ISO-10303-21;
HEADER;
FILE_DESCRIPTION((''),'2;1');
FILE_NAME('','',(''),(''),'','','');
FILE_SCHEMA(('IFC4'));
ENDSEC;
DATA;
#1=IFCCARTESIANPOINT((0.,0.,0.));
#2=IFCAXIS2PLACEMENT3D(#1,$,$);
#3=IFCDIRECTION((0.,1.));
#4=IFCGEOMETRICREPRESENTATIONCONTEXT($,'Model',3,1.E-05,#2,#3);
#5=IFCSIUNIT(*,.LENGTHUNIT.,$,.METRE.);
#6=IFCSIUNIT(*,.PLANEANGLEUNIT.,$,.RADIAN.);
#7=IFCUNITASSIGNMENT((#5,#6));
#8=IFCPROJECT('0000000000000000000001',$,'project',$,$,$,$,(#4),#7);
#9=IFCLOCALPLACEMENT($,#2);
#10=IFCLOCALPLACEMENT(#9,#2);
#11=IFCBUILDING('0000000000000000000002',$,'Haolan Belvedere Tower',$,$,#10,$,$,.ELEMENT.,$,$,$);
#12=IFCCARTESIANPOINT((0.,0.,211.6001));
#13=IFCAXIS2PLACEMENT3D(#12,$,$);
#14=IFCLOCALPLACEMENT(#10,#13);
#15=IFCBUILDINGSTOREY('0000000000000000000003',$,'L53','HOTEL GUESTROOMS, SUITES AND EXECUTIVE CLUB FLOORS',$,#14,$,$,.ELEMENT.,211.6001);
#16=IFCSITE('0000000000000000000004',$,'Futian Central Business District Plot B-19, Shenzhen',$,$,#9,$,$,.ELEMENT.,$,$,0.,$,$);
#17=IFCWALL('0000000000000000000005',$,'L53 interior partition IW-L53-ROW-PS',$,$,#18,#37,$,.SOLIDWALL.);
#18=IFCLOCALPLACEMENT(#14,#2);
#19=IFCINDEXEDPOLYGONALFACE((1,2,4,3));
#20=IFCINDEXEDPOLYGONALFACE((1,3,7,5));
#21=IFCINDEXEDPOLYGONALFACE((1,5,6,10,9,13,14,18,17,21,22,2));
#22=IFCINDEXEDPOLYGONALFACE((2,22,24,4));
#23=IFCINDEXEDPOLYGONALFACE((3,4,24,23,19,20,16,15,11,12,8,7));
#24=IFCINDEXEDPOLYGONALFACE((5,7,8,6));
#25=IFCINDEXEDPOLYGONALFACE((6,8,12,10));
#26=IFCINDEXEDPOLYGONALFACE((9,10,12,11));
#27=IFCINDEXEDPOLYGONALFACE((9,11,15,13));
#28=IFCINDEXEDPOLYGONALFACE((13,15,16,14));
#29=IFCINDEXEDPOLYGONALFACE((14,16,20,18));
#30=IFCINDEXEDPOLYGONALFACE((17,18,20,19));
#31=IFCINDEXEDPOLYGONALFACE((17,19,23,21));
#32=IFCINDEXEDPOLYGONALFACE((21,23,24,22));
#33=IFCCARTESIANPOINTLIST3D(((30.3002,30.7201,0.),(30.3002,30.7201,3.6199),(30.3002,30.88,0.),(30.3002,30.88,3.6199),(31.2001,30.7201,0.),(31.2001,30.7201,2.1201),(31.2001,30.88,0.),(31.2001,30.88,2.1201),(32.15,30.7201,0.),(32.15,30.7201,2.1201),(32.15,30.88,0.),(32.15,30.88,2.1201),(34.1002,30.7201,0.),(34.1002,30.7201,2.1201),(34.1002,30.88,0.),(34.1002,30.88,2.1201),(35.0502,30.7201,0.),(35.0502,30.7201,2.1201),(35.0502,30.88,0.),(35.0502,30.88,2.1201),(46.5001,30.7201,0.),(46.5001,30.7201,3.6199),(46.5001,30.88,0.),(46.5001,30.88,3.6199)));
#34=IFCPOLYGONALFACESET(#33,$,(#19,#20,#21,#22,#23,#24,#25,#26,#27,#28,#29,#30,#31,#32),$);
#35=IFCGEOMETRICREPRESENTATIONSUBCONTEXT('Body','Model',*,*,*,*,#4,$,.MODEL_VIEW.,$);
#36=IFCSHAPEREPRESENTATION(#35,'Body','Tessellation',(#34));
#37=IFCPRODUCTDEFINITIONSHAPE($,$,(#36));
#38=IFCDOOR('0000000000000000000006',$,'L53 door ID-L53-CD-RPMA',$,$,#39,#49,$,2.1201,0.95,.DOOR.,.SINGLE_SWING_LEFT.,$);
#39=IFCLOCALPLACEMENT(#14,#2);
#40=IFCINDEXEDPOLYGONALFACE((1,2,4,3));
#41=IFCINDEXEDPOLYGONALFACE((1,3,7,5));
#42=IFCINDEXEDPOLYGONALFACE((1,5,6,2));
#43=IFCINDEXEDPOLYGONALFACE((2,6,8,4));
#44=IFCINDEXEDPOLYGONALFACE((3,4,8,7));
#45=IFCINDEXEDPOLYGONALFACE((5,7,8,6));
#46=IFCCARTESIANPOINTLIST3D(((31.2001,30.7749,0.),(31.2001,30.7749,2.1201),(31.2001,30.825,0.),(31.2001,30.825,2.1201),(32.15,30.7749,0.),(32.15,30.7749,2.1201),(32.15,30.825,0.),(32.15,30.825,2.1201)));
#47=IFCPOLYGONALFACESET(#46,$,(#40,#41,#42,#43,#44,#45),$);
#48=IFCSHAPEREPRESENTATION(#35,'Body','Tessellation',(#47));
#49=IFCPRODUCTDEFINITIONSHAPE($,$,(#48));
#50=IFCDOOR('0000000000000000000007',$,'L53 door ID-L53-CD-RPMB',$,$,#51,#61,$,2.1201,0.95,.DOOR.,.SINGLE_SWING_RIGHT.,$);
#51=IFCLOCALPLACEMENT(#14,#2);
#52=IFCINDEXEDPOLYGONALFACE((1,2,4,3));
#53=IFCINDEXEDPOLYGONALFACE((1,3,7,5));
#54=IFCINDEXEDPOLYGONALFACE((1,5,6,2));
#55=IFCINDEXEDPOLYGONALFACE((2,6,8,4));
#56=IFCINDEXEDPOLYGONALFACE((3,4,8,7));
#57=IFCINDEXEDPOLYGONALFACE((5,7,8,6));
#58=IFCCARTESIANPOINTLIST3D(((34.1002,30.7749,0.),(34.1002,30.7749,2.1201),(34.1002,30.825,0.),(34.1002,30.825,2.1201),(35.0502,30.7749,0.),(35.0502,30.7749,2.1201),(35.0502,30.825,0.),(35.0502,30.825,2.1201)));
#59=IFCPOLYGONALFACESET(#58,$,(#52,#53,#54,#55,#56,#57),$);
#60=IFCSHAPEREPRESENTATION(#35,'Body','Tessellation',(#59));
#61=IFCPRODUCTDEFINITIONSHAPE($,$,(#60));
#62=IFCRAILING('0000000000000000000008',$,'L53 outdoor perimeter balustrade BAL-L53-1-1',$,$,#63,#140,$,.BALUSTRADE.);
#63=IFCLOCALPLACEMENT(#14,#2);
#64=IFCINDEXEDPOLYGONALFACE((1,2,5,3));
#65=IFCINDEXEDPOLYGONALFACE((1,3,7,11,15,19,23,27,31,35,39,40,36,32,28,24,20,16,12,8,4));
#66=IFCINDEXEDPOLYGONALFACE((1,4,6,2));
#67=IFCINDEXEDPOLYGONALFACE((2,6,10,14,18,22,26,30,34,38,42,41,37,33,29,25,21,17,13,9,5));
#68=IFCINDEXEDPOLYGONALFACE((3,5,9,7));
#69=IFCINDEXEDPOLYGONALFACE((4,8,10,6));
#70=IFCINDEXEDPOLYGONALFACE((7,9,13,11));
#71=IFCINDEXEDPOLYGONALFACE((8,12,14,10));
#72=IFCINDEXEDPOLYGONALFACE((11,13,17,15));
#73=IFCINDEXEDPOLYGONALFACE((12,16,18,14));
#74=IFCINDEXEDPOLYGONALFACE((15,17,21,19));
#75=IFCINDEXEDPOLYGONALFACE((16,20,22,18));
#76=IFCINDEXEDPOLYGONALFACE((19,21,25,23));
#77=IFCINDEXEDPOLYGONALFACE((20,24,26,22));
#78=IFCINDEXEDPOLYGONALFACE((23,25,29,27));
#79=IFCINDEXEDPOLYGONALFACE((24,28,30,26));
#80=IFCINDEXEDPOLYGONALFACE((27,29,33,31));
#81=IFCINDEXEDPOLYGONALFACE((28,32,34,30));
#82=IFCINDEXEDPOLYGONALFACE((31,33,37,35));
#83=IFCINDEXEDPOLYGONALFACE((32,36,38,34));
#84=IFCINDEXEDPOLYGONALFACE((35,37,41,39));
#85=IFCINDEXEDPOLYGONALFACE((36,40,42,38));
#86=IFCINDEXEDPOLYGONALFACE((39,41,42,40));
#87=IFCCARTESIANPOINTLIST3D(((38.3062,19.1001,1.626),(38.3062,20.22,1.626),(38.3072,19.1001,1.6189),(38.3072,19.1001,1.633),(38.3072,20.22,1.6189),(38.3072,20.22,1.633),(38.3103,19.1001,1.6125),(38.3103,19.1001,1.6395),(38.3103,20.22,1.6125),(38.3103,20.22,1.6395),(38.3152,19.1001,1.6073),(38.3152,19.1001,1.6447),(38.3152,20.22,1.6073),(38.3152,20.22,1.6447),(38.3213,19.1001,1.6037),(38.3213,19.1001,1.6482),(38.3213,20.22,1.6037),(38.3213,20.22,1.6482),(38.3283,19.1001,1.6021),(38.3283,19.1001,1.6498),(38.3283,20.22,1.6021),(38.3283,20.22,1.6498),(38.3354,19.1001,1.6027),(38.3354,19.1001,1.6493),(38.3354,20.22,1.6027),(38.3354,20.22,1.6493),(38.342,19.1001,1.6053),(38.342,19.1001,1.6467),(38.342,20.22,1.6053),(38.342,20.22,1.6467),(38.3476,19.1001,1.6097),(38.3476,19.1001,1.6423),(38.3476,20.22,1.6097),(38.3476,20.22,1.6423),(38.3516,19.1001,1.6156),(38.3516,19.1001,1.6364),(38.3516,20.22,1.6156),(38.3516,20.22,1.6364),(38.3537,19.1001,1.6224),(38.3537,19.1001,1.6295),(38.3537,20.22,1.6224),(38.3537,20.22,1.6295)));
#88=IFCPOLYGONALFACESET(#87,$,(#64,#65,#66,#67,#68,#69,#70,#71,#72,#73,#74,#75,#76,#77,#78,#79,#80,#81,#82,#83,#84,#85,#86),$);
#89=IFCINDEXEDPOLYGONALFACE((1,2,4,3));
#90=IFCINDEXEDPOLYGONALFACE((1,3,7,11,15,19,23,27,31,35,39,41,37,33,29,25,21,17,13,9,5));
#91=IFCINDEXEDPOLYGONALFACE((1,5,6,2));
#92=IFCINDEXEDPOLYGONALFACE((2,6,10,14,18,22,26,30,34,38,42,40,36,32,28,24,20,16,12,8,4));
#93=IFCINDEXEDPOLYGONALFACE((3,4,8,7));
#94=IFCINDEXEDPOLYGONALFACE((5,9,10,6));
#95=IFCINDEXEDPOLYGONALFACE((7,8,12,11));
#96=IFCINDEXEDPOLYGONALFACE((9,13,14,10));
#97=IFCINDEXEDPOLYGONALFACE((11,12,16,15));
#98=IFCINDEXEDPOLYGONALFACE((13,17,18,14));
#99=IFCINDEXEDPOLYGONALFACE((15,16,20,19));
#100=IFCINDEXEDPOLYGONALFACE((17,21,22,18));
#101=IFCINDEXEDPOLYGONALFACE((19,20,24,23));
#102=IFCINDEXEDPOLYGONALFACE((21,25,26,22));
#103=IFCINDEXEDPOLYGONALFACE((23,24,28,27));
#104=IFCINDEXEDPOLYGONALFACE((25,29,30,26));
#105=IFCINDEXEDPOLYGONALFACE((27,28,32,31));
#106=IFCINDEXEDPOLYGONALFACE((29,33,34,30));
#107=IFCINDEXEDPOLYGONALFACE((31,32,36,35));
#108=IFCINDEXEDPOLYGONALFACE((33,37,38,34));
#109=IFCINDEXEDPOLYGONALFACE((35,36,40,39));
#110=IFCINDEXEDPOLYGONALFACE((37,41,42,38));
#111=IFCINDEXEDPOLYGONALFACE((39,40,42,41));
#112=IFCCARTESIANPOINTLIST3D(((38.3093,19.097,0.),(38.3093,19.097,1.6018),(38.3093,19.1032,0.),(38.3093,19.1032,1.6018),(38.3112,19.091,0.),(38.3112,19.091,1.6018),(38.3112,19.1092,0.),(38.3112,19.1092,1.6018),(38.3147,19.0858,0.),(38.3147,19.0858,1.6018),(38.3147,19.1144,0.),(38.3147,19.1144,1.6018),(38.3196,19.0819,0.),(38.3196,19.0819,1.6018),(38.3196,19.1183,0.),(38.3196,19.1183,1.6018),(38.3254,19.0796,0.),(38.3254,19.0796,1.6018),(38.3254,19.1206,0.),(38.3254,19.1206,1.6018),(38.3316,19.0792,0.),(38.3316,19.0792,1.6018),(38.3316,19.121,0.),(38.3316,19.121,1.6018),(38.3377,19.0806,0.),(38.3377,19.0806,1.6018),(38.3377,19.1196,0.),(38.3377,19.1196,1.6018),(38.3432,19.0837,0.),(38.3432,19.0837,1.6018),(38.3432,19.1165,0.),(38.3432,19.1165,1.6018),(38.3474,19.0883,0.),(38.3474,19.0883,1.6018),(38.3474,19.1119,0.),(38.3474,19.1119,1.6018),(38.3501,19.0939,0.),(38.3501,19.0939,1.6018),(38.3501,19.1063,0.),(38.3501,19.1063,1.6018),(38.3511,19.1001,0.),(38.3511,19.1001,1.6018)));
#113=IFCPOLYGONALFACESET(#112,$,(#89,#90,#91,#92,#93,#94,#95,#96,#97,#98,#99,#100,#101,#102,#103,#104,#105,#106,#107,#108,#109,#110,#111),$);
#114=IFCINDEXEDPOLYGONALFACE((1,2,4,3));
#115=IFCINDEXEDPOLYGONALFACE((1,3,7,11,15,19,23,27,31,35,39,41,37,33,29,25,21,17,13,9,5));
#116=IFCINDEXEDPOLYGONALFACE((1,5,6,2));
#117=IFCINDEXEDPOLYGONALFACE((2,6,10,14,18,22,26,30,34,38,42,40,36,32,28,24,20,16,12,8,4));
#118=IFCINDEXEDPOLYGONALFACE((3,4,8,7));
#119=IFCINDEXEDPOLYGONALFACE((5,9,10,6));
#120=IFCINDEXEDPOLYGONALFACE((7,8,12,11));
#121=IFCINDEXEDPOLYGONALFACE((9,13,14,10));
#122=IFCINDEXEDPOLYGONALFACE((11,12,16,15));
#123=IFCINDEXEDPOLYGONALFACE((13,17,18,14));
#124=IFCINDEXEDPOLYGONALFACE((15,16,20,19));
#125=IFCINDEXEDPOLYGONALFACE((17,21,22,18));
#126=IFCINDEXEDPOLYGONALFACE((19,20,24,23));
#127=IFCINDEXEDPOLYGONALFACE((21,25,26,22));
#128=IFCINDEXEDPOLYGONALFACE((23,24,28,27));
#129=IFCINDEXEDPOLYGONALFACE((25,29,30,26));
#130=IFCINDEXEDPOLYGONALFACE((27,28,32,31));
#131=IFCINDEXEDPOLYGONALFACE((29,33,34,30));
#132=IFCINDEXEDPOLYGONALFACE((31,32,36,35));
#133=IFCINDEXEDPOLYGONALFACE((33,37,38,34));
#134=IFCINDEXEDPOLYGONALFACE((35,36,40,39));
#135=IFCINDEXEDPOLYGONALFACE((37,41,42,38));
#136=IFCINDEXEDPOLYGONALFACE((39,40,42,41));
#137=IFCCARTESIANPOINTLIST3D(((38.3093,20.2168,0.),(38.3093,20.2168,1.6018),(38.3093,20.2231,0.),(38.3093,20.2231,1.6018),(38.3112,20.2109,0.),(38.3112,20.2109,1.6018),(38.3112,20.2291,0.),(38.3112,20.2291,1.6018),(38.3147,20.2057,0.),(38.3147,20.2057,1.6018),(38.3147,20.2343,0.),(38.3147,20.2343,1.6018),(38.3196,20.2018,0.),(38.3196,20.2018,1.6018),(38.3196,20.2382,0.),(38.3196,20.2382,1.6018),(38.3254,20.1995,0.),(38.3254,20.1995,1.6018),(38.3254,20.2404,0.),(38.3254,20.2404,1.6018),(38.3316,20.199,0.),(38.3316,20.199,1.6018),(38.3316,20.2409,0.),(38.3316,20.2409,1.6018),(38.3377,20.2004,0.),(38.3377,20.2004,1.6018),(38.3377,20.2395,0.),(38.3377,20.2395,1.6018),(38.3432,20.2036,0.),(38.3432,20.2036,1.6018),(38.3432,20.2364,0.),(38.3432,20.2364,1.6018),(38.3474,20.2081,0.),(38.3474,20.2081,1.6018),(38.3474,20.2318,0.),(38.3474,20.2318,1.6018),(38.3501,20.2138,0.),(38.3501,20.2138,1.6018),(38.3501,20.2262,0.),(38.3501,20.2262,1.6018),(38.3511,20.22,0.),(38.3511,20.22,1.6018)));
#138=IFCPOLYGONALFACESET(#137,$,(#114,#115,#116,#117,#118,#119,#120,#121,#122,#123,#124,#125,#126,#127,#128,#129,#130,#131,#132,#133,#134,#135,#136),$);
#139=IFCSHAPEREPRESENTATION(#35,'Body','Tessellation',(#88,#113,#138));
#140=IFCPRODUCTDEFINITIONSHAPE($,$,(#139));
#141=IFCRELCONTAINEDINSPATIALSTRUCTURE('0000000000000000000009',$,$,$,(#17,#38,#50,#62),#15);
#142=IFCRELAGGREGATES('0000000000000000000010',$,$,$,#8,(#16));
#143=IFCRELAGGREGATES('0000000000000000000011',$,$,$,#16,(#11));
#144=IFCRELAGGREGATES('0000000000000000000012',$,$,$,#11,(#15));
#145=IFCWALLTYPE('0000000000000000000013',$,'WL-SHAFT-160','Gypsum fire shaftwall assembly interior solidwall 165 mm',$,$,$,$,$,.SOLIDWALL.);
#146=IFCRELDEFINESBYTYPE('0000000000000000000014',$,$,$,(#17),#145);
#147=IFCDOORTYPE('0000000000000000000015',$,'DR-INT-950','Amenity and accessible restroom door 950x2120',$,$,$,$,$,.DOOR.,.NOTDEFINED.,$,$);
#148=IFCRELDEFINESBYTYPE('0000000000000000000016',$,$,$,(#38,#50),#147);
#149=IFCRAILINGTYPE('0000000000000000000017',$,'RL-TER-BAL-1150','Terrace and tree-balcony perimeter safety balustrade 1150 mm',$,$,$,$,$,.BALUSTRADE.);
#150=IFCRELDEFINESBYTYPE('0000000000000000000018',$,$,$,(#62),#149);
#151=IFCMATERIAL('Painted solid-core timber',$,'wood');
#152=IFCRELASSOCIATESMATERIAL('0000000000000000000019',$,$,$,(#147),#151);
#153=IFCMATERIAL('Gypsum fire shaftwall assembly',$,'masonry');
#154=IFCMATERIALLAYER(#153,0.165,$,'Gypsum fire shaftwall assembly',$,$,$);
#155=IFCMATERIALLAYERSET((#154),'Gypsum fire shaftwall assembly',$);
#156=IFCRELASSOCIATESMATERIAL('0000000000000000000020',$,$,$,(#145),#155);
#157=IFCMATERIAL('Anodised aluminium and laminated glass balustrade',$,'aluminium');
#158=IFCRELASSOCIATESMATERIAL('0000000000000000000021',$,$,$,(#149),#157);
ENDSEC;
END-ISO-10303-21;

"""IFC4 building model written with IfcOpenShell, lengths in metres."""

from ifc_helpers import new_model, si_unit, direction, frame, frame_2d, origin, origin_2d, place, context, subcontext, project, spatial, rectangle, circle, extrude, material, layer, layer_set, type_object, element, fill, save


model = new_model("IFC4")

# Units and contexts
model_context = context("Model", 3, precision=1e-05, world=origin(), true_north=direction((0.0, 1.0)))
body_context = subcontext(model_context, "Body", "Model", "MODEL_VIEW")
ifc_project = project(units=[si_unit("LENGTHUNIT", "METRE"), si_unit("PLANEANGLEUNIT", "RADIAN")], contexts=[model_context])

# Site, building, storey
site_placement = place(None, origin())
site = spatial("IfcSite", under=ifc_project, at=site_placement, Name="Futian Central Business District Plot B-19, Shenzhen", CompositionType="ELEMENT", RefElevation=0.0)
building_placement = place(site_placement, origin())
building = spatial("IfcBuilding", under=site, at=building_placement, Name="Haolan Belvedere Tower", CompositionType="ELEMENT")
storey_placement = place(building_placement, frame((0.0, 0.0, 211.6001)))
storey = spatial("IfcBuildingStorey", under=building, at=storey_placement, Name="L53", Description="HOTEL GUESTROOMS, SUITES AND EXECUTIVE CLUB FLOORS", CompositionType="ELEMENT", Elevation=211.6001)

# Shared definitions
ifc_material_1 = material(Name="Painted solid-core timber", Category="wood")
door_type_1 = type_object("IfcDoorType", Name="DR-INT-950", Description="Amenity and accessible restroom door 950x2120", OperationType="NOTDEFINED", PredefinedType="DOOR", material=ifc_material_1)

# Wall, openings, doors
ifc_material_2 = material(Name="Gypsum fire shaftwall assembly", Category="masonry")
ifc_layer_1 = layer(ifc_material_2, 0.165, Name="Gypsum fire shaftwall assembly")
ifc_layer_set_1 = layer_set([ifc_layer_1], Name="Gypsum fire shaftwall assembly")
wall_type_1 = type_object("IfcWallType", Name="WL-SHAFT-160", Description="Gypsum fire shaftwall assembly interior solidwall 165 mm", PredefinedType="SOLIDWALL", material=ifc_layer_set_1)
wall_1_placement = place(storey_placement, frame((30.3, 30.8, 0.0), z_axis=(0.0, 0.0, 1.0), x_axis=(1.0, 0.0, 0.0)))
wall_1 = element("IfcWall", 1, at=wall_1_placement, inside=storey, type_object=wall_type_1, Name="L53 interior partition IW-L53-ROW-PS", PredefinedType="SOLIDWALL", context=body_context, shape_type="SweptSolid", body=[
    extrude(rectangle(XDim=16.2, YDim=0.1599, at=frame_2d((8.1001, 0.0))), origin(), (0.0, 0.0, 1.0), 3.6199),
])
opening_1_placement = place(wall_1_placement, frame((0.8999, 0.0, 0.0)))
opening_1 = element("IfcOpeningElement", 2, at=opening_1_placement, cuts=wall_1, PredefinedType="OPENING", context=body_context, shape_type="SweptSolid", body=[
    extrude(rectangle(XDim=0.95, YDim=2.1201, at=frame_2d((0.4751, 1.0601))), frame((0.0, 0.0898, 0.0), z_axis=(0.0, -1.0, 0.0), x_axis=(1.0, 0.0, 0.0)), (0.0, 0.0, 1.0), 0.1799),
])
opening_2_placement = place(wall_1_placement, frame((3.8, 0.0, 0.0)))
opening_2 = element("IfcOpeningElement", 3, at=opening_2_placement, cuts=wall_1, PredefinedType="OPENING", context=body_context, shape_type="SweptSolid", body=[
    extrude(rectangle(XDim=0.95, YDim=2.1201, at=frame_2d((0.4751, 1.0601))), frame((0.0, 0.0898, 0.0), z_axis=(0.0, -1.0, 0.0), x_axis=(1.0, 0.0, 0.0)), (0.0, 0.0, 1.0), 0.1799),
])
door_1_placement = place(opening_1_placement, origin())
door_1 = element("IfcDoor", 4, at=door_1_placement, inside=storey, type_object=door_type_1, Name="L53 door ID-L53-CD-RPMA", OperationType="SINGLE_SWING_LEFT", OverallHeight=2.1201, OverallWidth=0.95, PredefinedType="DOOR", context=body_context, shape_type="SweptSolid", body=[
    extrude(rectangle(XDim=0.95, YDim=2.1201, at=frame_2d((0.4751, 1.0601))), frame((0.0, 0.0249, 0.0), z_axis=(0.0, -1.0, 0.0), x_axis=(1.0, 0.0, 0.0)), (0.0, 0.0, 1.0), 0.05),
])
fill(opening_1, door_1)
door_2_placement = place(opening_2_placement, origin())
door_2 = element("IfcDoor", 5, at=door_2_placement, inside=storey, type_object=door_type_1, Name="L53 door ID-L53-CD-RPMB", OperationType="SINGLE_SWING_RIGHT", OverallHeight=2.1201, OverallWidth=0.95, PredefinedType="DOOR", context=body_context, shape_type="SweptSolid", body=[
    extrude(rectangle(XDim=0.95, YDim=2.1201, at=frame_2d((0.4751, 1.0601))), frame((0.0, 0.0249, 0.0), z_axis=(0.0, -1.0, 0.0), x_axis=(1.0, 0.0, 0.0)), (0.0, 0.0, 1.0), 0.05),
])
fill(opening_2, door_2)

# Railing
ifc_material_3 = material(Name="Anodised aluminium and laminated glass balustrade", Category="aluminium")
railing_type = type_object("IfcRailingType", Name="RL-TER-BAL-1150", Description="Terrace and tree-balcony perimeter safety balustrade 1150 mm", PredefinedType="BALUSTRADE", material=ifc_material_3)
railing_placement = place(storey_placement, frame((38.3301, 19.1001, 0.0)))
element("IfcRailing", 6, at=railing_placement, inside=storey, type_object=railing_type, Name="L53 outdoor perimeter balustrade BAL-L53-1-1", PredefinedType="BALUSTRADE", context=body_context, shape_type="SweptSolid", body=[
    extrude(circle(Radius=0.0239, at=origin_2d()), frame((0.0, 0.0, 1.626), z_axis=(0.0, 1.0, 0.0), x_axis=(-1.0, 0.0, 0.0)), (0.0, 0.0, 1.0), 1.1199),
    extrude(circle(Radius=0.021, at=origin_2d()), origin(), (0.0, 0.0, 1.0), 1.6018),
    extrude(circle(Radius=0.021, at=origin_2d()), frame((0.0, 1.1199, 0.0)), (0.0, 0.0, 1.0), 1.6018),
])

save(model, "model.ifc")
